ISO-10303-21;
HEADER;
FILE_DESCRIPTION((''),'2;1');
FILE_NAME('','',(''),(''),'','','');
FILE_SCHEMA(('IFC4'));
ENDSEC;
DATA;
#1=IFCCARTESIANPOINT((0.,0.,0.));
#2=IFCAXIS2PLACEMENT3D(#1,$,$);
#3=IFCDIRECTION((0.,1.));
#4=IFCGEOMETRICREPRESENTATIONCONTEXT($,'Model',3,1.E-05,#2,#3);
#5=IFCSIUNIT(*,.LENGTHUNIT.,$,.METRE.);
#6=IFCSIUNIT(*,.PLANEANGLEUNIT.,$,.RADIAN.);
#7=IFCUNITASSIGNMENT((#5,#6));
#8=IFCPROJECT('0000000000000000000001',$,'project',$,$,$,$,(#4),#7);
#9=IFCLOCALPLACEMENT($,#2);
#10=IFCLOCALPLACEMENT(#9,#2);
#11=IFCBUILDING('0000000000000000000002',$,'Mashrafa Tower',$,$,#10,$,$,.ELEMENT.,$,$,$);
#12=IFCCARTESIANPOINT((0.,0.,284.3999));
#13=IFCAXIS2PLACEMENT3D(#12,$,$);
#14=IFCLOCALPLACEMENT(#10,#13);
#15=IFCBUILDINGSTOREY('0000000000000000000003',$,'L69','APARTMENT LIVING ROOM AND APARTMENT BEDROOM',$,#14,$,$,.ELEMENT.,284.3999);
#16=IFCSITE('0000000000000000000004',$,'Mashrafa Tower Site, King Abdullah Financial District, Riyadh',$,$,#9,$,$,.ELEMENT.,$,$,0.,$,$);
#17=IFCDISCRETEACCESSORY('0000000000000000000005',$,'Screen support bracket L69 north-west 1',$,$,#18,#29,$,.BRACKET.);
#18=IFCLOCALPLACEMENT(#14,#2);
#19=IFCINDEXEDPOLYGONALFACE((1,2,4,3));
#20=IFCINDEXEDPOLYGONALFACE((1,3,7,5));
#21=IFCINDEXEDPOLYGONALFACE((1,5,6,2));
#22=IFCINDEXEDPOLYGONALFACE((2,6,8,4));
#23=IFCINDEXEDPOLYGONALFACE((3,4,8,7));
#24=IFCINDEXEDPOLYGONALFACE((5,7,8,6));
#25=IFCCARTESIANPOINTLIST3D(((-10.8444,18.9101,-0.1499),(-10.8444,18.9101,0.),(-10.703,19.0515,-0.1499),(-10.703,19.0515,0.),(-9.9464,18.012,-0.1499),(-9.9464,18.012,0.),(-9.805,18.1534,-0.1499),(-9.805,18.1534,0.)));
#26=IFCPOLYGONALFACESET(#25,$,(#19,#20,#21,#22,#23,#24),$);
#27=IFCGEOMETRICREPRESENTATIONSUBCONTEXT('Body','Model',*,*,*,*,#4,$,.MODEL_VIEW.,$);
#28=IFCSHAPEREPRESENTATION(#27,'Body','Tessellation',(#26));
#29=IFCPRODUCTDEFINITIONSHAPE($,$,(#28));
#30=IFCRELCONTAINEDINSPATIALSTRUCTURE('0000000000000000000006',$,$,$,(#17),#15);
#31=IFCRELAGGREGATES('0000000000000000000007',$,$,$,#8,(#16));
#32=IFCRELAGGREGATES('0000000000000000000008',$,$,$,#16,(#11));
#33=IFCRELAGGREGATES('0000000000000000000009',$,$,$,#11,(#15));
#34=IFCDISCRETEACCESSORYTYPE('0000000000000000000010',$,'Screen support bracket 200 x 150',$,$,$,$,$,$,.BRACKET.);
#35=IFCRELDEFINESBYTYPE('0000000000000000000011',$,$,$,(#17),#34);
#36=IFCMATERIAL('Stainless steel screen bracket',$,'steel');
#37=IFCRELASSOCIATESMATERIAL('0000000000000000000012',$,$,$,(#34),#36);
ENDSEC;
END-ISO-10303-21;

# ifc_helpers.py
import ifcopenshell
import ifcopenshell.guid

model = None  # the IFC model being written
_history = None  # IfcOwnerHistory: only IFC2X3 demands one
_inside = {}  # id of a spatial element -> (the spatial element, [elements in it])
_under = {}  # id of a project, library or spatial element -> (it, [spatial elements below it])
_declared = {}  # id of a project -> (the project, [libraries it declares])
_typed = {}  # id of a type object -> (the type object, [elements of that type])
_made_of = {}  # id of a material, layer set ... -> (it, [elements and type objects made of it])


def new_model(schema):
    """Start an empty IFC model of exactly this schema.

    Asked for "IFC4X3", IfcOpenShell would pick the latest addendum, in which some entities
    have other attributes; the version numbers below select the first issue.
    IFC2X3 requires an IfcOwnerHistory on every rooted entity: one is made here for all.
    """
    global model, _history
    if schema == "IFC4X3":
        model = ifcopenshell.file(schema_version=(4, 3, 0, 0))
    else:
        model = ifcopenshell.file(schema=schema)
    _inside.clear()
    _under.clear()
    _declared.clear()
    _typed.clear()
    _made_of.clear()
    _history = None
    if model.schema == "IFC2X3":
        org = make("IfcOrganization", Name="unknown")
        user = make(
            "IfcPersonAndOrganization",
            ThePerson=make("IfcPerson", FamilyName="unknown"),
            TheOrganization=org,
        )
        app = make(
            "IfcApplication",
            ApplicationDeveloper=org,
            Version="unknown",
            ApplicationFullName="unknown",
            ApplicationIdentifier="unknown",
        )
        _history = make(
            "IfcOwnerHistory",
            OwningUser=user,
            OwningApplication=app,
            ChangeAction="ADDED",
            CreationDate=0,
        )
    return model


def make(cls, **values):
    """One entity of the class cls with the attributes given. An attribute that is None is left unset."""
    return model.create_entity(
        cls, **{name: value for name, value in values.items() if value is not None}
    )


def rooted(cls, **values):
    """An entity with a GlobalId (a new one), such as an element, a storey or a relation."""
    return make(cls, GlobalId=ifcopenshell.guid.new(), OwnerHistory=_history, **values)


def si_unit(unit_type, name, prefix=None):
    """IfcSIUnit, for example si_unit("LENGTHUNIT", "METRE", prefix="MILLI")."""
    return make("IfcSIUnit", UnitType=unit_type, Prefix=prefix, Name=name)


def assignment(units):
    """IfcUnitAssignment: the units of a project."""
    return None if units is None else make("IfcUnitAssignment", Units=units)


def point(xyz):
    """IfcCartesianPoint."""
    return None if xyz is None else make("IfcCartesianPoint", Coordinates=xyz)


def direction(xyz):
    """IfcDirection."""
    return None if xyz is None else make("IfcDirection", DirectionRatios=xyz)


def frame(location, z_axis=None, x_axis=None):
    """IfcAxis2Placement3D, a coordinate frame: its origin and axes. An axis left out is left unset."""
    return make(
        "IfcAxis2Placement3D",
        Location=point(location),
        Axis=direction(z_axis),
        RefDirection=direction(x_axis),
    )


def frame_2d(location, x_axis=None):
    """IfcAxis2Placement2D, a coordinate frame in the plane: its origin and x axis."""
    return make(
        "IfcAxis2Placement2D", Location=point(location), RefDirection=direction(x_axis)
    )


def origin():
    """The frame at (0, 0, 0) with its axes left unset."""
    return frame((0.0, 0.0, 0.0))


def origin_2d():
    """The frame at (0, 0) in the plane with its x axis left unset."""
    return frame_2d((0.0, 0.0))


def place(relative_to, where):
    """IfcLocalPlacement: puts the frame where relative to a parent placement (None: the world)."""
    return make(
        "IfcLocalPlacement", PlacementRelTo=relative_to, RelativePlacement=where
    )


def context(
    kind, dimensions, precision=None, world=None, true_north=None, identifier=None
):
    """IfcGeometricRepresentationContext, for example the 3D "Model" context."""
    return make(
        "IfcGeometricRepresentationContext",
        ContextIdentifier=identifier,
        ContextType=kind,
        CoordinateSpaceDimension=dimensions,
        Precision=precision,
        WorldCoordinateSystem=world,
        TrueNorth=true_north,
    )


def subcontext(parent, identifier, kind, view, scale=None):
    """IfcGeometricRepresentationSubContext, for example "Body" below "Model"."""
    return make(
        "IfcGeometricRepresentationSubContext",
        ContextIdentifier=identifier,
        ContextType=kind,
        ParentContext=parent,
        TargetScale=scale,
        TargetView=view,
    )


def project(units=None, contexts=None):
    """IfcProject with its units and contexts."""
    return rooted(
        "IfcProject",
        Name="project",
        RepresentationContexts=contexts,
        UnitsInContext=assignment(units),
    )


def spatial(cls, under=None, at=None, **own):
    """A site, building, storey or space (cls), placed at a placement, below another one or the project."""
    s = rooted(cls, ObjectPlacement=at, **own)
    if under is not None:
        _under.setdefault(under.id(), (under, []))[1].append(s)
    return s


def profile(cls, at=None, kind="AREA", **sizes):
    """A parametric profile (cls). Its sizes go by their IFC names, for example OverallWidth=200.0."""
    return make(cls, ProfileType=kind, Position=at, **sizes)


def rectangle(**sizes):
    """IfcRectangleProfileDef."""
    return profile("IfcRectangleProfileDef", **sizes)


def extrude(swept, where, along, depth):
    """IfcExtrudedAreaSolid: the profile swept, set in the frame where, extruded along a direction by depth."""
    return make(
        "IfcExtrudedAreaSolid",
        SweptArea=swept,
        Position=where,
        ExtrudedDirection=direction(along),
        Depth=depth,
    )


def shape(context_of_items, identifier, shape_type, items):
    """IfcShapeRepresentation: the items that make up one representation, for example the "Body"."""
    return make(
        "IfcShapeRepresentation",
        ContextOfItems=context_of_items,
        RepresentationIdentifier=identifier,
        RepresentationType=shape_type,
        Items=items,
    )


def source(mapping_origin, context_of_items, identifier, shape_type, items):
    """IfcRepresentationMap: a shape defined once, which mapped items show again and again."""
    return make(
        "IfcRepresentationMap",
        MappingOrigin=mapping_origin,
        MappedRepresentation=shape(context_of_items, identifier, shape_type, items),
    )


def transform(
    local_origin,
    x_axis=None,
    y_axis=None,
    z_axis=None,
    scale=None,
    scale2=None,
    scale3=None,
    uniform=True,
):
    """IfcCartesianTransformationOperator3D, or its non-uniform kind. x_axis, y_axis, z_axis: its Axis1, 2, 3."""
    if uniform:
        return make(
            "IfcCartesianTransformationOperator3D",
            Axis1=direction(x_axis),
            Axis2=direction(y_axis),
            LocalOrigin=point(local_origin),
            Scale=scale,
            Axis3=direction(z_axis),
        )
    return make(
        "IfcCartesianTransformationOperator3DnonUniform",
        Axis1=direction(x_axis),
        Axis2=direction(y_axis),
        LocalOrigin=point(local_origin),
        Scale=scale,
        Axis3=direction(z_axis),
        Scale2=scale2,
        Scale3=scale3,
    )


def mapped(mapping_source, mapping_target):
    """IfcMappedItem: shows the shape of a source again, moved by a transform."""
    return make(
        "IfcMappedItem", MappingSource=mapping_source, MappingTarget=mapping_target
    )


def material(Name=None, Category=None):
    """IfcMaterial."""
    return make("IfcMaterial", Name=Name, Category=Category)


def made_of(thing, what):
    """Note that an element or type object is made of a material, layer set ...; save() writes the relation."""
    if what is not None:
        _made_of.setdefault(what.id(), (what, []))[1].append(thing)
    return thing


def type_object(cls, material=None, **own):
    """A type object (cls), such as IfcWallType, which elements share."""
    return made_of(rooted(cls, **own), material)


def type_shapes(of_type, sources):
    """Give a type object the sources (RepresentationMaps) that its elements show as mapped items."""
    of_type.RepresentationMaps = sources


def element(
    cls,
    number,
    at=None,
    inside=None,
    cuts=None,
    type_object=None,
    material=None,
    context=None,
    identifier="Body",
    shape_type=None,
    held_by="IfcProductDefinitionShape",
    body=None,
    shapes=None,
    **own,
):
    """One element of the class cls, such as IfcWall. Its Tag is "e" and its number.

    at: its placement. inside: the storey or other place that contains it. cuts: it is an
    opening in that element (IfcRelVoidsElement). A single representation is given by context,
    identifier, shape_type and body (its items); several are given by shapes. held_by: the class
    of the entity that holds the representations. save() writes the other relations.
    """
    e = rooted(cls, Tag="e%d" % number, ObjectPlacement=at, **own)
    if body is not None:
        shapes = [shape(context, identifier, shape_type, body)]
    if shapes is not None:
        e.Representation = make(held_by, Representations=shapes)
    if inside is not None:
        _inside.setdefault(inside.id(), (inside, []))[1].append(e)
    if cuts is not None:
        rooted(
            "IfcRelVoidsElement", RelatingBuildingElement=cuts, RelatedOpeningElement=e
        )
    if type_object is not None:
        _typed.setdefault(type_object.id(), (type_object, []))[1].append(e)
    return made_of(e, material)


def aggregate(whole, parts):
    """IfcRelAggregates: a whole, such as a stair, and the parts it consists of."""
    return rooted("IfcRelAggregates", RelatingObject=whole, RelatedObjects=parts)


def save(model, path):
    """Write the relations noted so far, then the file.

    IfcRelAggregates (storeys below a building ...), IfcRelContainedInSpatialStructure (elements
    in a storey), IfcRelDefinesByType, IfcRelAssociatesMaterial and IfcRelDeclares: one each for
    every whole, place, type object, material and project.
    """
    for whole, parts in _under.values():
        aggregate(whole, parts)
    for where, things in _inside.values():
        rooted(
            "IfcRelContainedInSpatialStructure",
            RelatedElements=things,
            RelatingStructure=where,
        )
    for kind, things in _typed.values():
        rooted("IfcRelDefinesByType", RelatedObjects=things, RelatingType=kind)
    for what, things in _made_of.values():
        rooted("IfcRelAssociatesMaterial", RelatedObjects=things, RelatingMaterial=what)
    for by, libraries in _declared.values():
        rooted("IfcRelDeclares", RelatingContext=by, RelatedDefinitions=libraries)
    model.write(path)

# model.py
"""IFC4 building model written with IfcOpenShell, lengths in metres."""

from ifc_helpers import new_model, si_unit, direction, frame, origin, origin_2d, place, context, subcontext, project, spatial, rectangle, extrude, source, transform, mapped, material, type_object, type_shapes, element, save


model = new_model("IFC4")

# Units and contexts
model_context = context("Model", 3, precision=1e-05, world=origin(), true_north=direction((0.0, 1.0)))
body_context = subcontext(model_context, "Body", "Model", "MODEL_VIEW")
ifc_project = project(units=[si_unit("LENGTHUNIT", "METRE"), si_unit("PLANEANGLEUNIT", "RADIAN")], contexts=[model_context])

# Site, building, storey
site_placement = place(None, origin())
site = spatial("IfcSite", under=ifc_project, at=site_placement, Name="Mashrafa Tower Site, King Abdullah Financial District, Riyadh", CompositionType="ELEMENT", RefElevation=0.0)
building_placement = place(site_placement, origin())
building = spatial("IfcBuilding", under=site, at=building_placement, Name="Mashrafa Tower", CompositionType="ELEMENT")
storey_placement = place(building_placement, frame((0.0, 0.0, 284.3999)))
storey = spatial("IfcBuildingStorey", under=building, at=storey_placement, Name="L69", Description="APARTMENT LIVING ROOM AND APARTMENT BEDROOM", CompositionType="ELEMENT", Elevation=284.3999)

# Discrete accessory
ifc_material_1 = material(Name="Stainless steel screen bracket", Category="steel")
discrete_accessory_type = type_object("IfcDiscreteAccessoryType", Name="Screen support bracket 200 x 150", PredefinedType="BRACKET", material=ifc_material_1)
shared_shape_1 = source(origin(), body_context, "Body", "SweptSolid", [
    extrude(rectangle(XDim=0.2, YDim=1.27, at=origin_2d()), origin(), (0.0, 0.0, 1.0), 0.1499),
])
type_shapes(discrete_accessory_type, [shared_shape_1])
for number, where, z_axis, x_axis, name in (
    (1, (-10.3247, 18.5317, -0.1499), (0.0, 0.0, 1.0), (-0.707107, -0.707107, 0.0), "Screen support bracket L69 north-west 1"),
):
    element("IfcDiscreteAccessory", number, at=place(storey_placement, frame(where, z_axis=z_axis, x_axis=x_axis)), inside=storey, type_object=discrete_accessory_type, Name=name, PredefinedType="BRACKET", context=body_context, shape_type="MappedRepresentation", body=[
        mapped(shared_shape_1, transform((0.0, 0.0, 0.0))),
    ])

save(model, "model.ifc")
